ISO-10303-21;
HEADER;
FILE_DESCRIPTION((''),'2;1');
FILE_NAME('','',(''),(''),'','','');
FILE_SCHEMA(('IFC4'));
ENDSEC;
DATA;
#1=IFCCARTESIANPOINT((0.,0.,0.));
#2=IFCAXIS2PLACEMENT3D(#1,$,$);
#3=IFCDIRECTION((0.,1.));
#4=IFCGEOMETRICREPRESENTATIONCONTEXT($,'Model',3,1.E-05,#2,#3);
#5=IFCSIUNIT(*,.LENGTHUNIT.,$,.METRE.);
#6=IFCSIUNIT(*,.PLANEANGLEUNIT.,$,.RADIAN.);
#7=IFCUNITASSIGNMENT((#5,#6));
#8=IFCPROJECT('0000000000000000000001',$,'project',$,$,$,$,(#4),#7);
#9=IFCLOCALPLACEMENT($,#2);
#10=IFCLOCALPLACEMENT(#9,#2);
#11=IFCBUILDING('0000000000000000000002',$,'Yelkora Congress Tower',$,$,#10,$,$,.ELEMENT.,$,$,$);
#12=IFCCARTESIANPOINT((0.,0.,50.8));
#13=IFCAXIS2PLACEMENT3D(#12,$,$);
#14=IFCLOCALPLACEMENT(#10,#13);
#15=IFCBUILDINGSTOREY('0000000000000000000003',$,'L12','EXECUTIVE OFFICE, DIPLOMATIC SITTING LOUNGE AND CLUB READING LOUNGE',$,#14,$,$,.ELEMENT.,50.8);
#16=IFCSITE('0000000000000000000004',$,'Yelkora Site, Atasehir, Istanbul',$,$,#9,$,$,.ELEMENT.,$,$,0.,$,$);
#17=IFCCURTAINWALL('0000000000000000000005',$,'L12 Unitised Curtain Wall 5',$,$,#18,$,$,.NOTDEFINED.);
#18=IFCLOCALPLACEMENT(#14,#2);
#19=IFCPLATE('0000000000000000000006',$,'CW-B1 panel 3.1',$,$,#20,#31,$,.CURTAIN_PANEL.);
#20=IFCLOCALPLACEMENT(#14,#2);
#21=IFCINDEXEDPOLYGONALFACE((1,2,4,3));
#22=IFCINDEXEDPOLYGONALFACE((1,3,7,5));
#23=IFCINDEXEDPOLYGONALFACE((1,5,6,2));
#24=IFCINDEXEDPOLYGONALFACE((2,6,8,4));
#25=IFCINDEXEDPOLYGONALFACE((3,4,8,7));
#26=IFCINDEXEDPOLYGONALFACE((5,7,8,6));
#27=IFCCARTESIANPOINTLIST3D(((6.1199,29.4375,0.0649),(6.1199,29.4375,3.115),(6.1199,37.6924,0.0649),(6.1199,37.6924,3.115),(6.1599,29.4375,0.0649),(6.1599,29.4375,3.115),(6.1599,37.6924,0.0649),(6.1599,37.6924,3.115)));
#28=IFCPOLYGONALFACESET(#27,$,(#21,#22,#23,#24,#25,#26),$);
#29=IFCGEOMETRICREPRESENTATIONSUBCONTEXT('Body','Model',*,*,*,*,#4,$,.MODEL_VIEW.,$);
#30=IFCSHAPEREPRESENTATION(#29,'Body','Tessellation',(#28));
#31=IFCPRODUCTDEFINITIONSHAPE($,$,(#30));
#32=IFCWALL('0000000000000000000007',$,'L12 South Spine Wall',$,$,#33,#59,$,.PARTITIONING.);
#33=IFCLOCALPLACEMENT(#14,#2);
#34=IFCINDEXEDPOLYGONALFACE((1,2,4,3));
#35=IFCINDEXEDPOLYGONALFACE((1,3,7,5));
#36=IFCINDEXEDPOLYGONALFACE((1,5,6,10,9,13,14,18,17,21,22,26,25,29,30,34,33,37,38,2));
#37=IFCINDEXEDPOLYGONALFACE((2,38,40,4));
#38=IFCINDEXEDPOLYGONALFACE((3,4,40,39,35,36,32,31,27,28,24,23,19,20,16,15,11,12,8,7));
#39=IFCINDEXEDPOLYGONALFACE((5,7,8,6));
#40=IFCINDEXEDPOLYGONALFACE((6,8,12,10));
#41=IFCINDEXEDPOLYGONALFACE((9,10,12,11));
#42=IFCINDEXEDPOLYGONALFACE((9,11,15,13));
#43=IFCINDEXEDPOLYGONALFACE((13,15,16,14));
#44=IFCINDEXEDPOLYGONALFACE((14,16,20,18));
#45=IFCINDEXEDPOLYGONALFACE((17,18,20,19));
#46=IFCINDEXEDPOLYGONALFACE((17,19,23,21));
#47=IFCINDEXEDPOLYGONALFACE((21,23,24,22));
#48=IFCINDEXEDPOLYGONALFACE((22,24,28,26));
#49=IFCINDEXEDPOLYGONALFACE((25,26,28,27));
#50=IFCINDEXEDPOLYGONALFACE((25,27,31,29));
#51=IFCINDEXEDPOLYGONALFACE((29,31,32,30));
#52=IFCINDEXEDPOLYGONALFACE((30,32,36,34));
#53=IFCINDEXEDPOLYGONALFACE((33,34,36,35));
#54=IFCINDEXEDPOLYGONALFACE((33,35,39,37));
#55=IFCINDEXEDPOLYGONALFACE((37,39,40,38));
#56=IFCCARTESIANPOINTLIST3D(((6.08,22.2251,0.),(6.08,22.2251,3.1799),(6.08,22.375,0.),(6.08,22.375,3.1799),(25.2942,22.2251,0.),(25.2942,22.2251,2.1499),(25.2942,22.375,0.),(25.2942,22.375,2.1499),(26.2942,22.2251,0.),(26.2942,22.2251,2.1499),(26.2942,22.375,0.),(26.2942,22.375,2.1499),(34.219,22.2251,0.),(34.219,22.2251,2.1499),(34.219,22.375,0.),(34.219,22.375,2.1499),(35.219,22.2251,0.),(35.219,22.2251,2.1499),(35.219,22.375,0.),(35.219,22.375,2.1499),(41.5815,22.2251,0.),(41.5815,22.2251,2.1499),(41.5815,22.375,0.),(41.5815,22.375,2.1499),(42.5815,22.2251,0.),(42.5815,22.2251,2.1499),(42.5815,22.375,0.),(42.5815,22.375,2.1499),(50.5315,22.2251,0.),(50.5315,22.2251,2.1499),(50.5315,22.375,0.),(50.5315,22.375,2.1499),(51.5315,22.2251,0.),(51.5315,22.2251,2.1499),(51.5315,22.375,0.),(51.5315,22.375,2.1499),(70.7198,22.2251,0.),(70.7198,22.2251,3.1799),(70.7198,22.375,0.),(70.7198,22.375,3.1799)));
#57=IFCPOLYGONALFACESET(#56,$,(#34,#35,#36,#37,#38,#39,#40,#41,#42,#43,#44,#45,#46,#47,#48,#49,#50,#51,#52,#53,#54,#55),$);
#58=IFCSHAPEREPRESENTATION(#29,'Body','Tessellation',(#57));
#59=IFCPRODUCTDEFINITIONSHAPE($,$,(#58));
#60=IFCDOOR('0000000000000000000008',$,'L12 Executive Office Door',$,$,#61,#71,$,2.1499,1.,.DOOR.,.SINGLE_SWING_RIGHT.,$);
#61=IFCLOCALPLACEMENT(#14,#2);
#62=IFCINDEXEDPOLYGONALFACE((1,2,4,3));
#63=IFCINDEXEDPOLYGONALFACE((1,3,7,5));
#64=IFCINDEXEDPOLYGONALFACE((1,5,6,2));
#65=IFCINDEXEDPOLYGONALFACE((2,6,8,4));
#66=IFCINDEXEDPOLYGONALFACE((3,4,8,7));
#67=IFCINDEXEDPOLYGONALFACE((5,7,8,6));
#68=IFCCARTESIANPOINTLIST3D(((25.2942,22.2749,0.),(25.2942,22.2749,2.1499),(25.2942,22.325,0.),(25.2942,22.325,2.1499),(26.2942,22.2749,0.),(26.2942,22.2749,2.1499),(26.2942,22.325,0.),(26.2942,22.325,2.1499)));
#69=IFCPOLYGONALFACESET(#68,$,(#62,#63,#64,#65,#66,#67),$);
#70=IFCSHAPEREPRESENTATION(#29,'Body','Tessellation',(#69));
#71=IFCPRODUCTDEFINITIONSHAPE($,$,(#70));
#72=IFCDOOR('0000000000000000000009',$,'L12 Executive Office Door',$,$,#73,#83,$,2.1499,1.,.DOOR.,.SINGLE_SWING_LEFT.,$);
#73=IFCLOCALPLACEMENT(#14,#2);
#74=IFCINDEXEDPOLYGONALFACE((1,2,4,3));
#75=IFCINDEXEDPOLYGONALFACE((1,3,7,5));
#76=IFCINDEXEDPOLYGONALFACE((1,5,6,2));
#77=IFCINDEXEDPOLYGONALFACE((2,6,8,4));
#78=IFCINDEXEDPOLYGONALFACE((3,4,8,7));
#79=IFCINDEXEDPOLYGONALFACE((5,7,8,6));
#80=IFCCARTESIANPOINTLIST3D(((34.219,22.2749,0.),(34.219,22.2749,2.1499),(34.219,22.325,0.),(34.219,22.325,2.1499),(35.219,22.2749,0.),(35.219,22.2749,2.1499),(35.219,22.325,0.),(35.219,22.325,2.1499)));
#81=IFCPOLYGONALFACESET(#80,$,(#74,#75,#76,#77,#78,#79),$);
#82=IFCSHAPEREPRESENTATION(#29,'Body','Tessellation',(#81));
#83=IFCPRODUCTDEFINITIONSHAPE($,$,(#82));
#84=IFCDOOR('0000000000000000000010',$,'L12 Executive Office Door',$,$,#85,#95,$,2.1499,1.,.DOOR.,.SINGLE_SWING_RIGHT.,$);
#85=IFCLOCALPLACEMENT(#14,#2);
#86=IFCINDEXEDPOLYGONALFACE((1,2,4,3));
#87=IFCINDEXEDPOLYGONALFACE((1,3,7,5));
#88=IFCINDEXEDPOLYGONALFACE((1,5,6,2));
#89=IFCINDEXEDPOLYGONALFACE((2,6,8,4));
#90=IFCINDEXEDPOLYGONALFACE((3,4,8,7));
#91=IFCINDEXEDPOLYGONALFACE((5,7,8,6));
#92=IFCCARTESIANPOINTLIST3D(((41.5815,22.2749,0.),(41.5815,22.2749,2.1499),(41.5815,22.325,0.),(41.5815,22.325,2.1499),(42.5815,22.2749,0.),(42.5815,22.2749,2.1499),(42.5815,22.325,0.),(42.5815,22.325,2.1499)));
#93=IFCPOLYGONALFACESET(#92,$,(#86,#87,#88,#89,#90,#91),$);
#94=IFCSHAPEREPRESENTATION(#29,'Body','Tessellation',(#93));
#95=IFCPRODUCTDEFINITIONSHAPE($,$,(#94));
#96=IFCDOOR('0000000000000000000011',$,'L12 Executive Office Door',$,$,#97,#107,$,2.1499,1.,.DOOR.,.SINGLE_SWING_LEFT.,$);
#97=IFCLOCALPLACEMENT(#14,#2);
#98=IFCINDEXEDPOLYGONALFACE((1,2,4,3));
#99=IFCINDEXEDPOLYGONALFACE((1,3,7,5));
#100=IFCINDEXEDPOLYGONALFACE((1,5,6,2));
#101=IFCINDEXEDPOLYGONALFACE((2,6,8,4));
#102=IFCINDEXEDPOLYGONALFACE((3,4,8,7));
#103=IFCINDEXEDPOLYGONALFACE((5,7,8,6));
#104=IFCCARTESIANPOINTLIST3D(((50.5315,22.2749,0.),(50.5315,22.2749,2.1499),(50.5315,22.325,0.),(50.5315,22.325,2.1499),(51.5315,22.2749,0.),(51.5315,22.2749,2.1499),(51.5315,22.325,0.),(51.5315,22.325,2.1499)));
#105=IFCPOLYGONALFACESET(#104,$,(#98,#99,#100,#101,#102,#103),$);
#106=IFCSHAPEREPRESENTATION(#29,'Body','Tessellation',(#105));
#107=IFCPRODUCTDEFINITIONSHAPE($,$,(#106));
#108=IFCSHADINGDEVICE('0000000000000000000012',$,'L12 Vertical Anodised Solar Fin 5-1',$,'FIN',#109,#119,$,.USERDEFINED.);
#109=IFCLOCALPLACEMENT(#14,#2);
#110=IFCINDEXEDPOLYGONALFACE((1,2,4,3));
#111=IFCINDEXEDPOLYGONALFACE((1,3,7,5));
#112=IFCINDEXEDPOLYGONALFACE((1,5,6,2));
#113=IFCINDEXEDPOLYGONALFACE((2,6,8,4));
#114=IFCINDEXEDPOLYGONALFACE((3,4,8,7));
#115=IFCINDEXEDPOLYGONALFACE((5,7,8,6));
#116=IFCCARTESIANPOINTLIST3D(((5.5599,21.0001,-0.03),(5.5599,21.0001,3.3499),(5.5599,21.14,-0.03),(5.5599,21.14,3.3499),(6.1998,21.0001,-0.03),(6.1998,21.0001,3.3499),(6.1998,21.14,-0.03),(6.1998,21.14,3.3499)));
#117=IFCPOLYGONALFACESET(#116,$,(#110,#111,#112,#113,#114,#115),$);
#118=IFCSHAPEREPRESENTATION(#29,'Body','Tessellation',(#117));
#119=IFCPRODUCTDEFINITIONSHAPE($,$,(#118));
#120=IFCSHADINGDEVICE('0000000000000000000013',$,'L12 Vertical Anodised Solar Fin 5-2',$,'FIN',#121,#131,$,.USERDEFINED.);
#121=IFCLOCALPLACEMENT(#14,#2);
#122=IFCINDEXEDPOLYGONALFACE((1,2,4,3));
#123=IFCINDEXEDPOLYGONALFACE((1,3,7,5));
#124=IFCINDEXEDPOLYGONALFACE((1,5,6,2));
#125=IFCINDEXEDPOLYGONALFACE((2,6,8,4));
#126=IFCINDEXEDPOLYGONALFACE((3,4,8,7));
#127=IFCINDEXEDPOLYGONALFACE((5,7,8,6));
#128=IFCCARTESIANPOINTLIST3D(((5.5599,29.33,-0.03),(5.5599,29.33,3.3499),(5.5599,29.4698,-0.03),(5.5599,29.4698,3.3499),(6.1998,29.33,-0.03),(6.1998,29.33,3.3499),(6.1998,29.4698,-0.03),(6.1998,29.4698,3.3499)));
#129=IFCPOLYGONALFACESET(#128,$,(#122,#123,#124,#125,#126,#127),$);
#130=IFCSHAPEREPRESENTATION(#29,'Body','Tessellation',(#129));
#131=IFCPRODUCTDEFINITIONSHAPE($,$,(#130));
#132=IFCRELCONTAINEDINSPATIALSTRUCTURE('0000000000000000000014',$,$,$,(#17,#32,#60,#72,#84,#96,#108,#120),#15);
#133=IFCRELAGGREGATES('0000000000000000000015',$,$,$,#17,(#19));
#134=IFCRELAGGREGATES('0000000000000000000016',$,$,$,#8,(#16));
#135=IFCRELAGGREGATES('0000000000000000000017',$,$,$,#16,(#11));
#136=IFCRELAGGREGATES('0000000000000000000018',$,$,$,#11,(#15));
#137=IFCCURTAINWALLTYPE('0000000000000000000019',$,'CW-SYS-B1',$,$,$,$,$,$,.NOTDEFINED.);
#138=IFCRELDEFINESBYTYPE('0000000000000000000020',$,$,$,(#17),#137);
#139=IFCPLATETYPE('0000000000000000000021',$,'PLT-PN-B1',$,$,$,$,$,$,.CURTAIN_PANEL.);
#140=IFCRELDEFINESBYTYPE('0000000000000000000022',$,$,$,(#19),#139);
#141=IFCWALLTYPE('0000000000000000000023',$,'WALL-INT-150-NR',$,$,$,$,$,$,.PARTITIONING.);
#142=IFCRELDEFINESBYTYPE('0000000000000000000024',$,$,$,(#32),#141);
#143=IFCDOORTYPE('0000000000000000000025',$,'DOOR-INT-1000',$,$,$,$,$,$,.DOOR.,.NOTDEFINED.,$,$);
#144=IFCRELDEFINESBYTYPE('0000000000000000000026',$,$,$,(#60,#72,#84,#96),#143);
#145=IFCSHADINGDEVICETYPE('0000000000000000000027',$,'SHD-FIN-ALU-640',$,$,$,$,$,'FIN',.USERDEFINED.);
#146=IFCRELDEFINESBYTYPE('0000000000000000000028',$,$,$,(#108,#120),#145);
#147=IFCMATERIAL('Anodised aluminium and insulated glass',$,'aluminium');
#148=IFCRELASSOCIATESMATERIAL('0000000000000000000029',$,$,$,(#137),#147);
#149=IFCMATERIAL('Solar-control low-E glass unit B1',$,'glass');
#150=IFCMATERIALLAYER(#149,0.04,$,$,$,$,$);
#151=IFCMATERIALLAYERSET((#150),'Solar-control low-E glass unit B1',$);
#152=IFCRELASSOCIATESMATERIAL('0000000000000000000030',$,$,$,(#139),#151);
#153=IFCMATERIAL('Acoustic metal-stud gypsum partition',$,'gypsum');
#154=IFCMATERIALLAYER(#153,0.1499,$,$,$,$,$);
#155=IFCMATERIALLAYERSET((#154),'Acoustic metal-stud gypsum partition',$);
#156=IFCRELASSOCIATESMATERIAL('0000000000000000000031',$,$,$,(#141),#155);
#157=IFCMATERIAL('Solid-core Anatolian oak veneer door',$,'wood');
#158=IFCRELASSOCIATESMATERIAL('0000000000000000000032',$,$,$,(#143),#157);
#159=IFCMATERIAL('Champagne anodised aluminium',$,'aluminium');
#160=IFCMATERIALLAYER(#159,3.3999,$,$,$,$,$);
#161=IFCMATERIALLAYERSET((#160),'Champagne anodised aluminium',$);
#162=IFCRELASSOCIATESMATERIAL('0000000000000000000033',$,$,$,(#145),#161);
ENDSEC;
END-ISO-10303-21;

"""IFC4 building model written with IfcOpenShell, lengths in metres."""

from ifc_helpers import new_model, si_unit, direction, frame, frame_2d, origin, origin_2d, place, context, subcontext, project, spatial, rectangle, extrude, material, layer, layer_set, type_object, element, fill, aggregate, save


model = new_model("IFC4")

# Units and contexts
model_context = context("Model", 3, precision=1e-05, world=origin(), true_north=direction((0.0, 1.0)))
body_context = subcontext(model_context, "Body", "Model", "MODEL_VIEW")
ifc_project = project(units=[si_unit("LENGTHUNIT", "METRE"), si_unit("PLANEANGLEUNIT", "RADIAN")], contexts=[model_context])

# Site, building, storey
site_placement = place(None, origin())
site = spatial("IfcSite", under=ifc_project, at=site_placement, Name="Yelkora Site, Atasehir, Istanbul", CompositionType="ELEMENT", RefElevation=0.0)
building_placement = place(site_placement, origin())
building = spatial("IfcBuilding", under=site, at=building_placement, Name="Yelkora Congress Tower", CompositionType="ELEMENT")
storey_placement = place(building_placement, frame((0.0, 0.0, 50.8)))
storey = spatial("IfcBuildingStorey", under=building, at=storey_placement, Name="L12", Description="EXECUTIVE OFFICE, DIPLOMATIC SITTING LOUNGE AND CLUB READING LOUNGE", CompositionType="ELEMENT", Elevation=50.8)

# Curtain wall, plate
ifc_material_1 = material(Name="Anodised aluminium and insulated glass", Category="aluminium")
curtain_wall_type = type_object("IfcCurtainWallType", Name="CW-SYS-B1", PredefinedType="NOTDEFINED", material=ifc_material_1)
curtain_wall_placement = place(storey_placement, origin())
curtain_wall = element("IfcCurtainWall", 1, at=curtain_wall_placement, inside=storey, type_object=curtain_wall_type, Name="L12 Unitised Curtain Wall 5", PredefinedType="NOTDEFINED")
ifc_material_2 = material(Name="Solar-control low-E glass unit B1", Category="glass")
ifc_layer_1 = layer(ifc_material_2, 0.04)
ifc_layer_set_1 = layer_set([ifc_layer_1], Name="Solar-control low-E glass unit B1")
plate_type = type_object("IfcPlateType", Name="PLT-PN-B1", PredefinedType="CURTAIN_PANEL", material=ifc_layer_set_1)
plate_1_placement = place(storey_placement, frame((6.1399, 33.5649, 0.0649), z_axis=(0.0, 0.0, 1.0), x_axis=(0.0, 1.0, 0.0)))
plate_1 = element("IfcPlate", 2, at=plate_1_placement, type_object=plate_type, Name="CW-B1 panel 3.1", PredefinedType="CURTAIN_PANEL", context=body_context, shape_type="SweptSolid", body=[
    extrude(rectangle(XDim=8.2549, YDim=0.04, at=origin_2d()), origin(), (0.0, 0.0, 1.0), 3.05),
])
aggregate(curtain_wall, [plate_1])

# Wall, openings, doors
ifc_material_3 = material(Name="Acoustic metal-stud gypsum partition", Category="gypsum")
ifc_layer_2 = layer(ifc_material_3, 0.1499)
ifc_layer_set_2 = layer_set([ifc_layer_2], Name="Acoustic metal-stud gypsum partition")
wall_type = type_object("IfcWallType", Name="WALL-INT-150-NR", PredefinedType="PARTITIONING", material=ifc_layer_set_2)
wall_placement = place(storey_placement, frame((6.0801, 22.3, 0.0), z_axis=(0.0, 0.0, 1.0), x_axis=(1.0, 0.0, 0.0)))
wall = element("IfcWall", 3, at=wall_placement, inside=storey, type_object=wall_type, Name="L12 South Spine Wall", PredefinedType="PARTITIONING", context=body_context, shape_type="SweptSolid", body=[
    extrude(rectangle(XDim=64.6399, YDim=0.1499, at=frame_2d((32.3198, 0.0))), origin(), (0.0, 0.0, 1.0), 3.1799),
])
opening_1_placement = place(wall_placement, frame((19.2141, 0.0, 0.0)))
opening_1 = element("IfcOpeningElement", 4, at=opening_1_placement, cuts=wall, PredefinedType="OPENING", context=body_context, shape_type="SweptSolid", body=[
    extrude(rectangle(XDim=1.0, YDim=2.1499, at=frame_2d((0.5, 1.075))), frame((0.0, 0.085, 0.0), z_axis=(0.0, -1.0, 0.0), x_axis=(1.0, 0.0, 0.0)), (0.0, 0.0, 1.0), 0.1699),
])
opening_2_placement = place(wall_placement, frame((28.1389, 0.0, 0.0)))
opening_2 = element("IfcOpeningElement", 5, at=opening_2_placement, cuts=wall, PredefinedType="OPENING", context=body_context, shape_type="SweptSolid", body=[
    extrude(rectangle(XDim=1.0, YDim=2.1499, at=frame_2d((0.5, 1.075))), frame((0.0, 0.085, 0.0), z_axis=(0.0, -1.0, 0.0), x_axis=(1.0, 0.0, 0.0)), (0.0, 0.0, 1.0), 0.1699),
])
opening_3_placement = place(wall_placement, frame((35.5015, 0.0, 0.0)))
opening_3 = element("IfcOpeningElement", 6, at=opening_3_placement, cuts=wall, PredefinedType="OPENING", context=body_context, shape_type="SweptSolid", body=[
    extrude(rectangle(XDim=1.0, YDim=2.1499, at=frame_2d((0.5, 1.075))), frame((0.0, 0.085, 0.0), z_axis=(0.0, -1.0, 0.0), x_axis=(1.0, 0.0, 0.0)), (0.0, 0.0, 1.0), 0.1699),
])
opening_4_placement = place(wall_placement, frame((44.4514, 0.0, 0.0)))
opening_4 = element("IfcOpeningElement", 7, at=opening_4_placement, cuts=wall, PredefinedType="OPENING", context=body_context, shape_type="SweptSolid", body=[
    extrude(rectangle(XDim=1.0, YDim=2.1499, at=frame_2d((0.5, 1.075))), frame((0.0, 0.085, 0.0), z_axis=(0.0, -1.0, 0.0), x_axis=(1.0, 0.0, 0.0)), (0.0, 0.0, 1.0), 0.1699),
])
ifc_material_4 = material(Name="Solid-core Anatolian oak veneer door", Category="wood")
door_type = type_object("IfcDoorType", Name="DOOR-INT-1000", OperationType="NOTDEFINED", PredefinedType="DOOR", material=ifc_material_4)
door_1_placement = place(opening_1_placement, origin())
door_1 = element("IfcDoor", 8, at=door_1_placement, inside=storey, type_object=door_type, Name="L12 Executive Office Door", OperationType="SINGLE_SWING_RIGHT", OverallHeight=2.1499, OverallWidth=1.0, PredefinedType="DOOR", context=body_context, shape_type="SweptSolid", body=[
    extrude(rectangle(XDim=1.0, YDim=2.1499, at=frame_2d((0.5, 1.075))), frame((0.0, 0.0249, 0.0), z_axis=(0.0, -1.0, 0.0), x_axis=(1.0, 0.0, 0.0)), (0.0, 0.0, 1.0), 0.05),
])
fill(opening_1, door_1)
door_2_placement = place(opening_2_placement, origin())
door_2 = element("IfcDoor", 9, at=door_2_placement, inside=storey, type_object=door_type, Name="L12 Executive Office Door", OperationType="SINGLE_SWING_LEFT", OverallHeight=2.1499, OverallWidth=1.0, PredefinedType="DOOR", context=body_context, shape_type="SweptSolid", body=[
    extrude(rectangle(XDim=1.0, YDim=2.1499, at=frame_2d((0.5, 1.075))), frame((0.0, 0.0249, 0.0), z_axis=(0.0, -1.0, 0.0), x_axis=(1.0, 0.0, 0.0)), (0.0, 0.0, 1.0), 0.05),
])
fill(opening_2, door_2)
door_3_placement = place(opening_3_placement, origin())
door_3 = element("IfcDoor", 10, at=door_3_placement, inside=storey, type_object=door_type, Name="L12 Executive Office Door", OperationType="SINGLE_SWING_RIGHT", OverallHeight=2.1499, OverallWidth=1.0, PredefinedType="DOOR", context=body_context, shape_type="SweptSolid", body=[
    extrude(rectangle(XDim=1.0, YDim=2.1499, at=frame_2d((0.5, 1.075))), frame((0.0, 0.0249, 0.0), z_axis=(0.0, -1.0, 0.0), x_axis=(1.0, 0.0, 0.0)), (0.0, 0.0, 1.0), 0.05),
])
fill(opening_3, door_3)
door_4_placement = place(opening_4_placement, origin())
door_4 = element("IfcDoor", 11, at=door_4_placement, inside=storey, type_object=door_type, Name="L12 Executive Office Door", OperationType="SINGLE_SWING_LEFT", OverallHeight=2.1499, OverallWidth=1.0, PredefinedType="DOOR", context=body_context, shape_type="SweptSolid", body=[
    extrude(rectangle(XDim=1.0, YDim=2.1499, at=frame_2d((0.5, 1.075))), frame((0.0, 0.0249, 0.0), z_axis=(0.0, -1.0, 0.0), x_axis=(1.0, 0.0, 0.0)), (0.0, 0.0, 1.0), 0.05),
])
fill(opening_4, door_4)

# Shading devices
ifc_material_5 = material(Name="Champagne anodised aluminium", Category="aluminium")
ifc_layer_3 = layer(ifc_material_5, 3.3999)
ifc_layer_set_3 = layer_set([ifc_layer_3], Name="Champagne anodised aluminium")
shading_device_type = type_object("IfcShadingDeviceType", Name="SHD-FIN-ALU-640", ElementType="FIN", PredefinedType="USERDEFINED", material=ifc_layer_set_3)
for number, where, z_axis, x_axis, name in (
    (12, (5.8799, 21.0701, -0.03), (0.0, 0.0, 1.0), (0.0, 1.0, 0.0), "L12 Vertical Anodised Solar Fin 5-1"),
    (13, (5.8799, 29.3999, -0.03), (0.0, 0.0, 1.0), (0.0, 1.0, 0.0), "L12 Vertical Anodised Solar Fin 5-2"),
):
    element("IfcShadingDevice", number, at=place(storey_placement, frame(where, z_axis=z_axis, x_axis=x_axis)), inside=storey, type_object=shading_device_type, Name=name, ObjectType="FIN", PredefinedType="USERDEFINED", context=body_context, shape_type="SweptSolid", body=[
        extrude(rectangle(XDim=0.1399, YDim=0.6399, at=origin_2d()), origin(), (0.0, 0.0, 1.0), 3.3799),
    ])

save(model, "model.ifc")
